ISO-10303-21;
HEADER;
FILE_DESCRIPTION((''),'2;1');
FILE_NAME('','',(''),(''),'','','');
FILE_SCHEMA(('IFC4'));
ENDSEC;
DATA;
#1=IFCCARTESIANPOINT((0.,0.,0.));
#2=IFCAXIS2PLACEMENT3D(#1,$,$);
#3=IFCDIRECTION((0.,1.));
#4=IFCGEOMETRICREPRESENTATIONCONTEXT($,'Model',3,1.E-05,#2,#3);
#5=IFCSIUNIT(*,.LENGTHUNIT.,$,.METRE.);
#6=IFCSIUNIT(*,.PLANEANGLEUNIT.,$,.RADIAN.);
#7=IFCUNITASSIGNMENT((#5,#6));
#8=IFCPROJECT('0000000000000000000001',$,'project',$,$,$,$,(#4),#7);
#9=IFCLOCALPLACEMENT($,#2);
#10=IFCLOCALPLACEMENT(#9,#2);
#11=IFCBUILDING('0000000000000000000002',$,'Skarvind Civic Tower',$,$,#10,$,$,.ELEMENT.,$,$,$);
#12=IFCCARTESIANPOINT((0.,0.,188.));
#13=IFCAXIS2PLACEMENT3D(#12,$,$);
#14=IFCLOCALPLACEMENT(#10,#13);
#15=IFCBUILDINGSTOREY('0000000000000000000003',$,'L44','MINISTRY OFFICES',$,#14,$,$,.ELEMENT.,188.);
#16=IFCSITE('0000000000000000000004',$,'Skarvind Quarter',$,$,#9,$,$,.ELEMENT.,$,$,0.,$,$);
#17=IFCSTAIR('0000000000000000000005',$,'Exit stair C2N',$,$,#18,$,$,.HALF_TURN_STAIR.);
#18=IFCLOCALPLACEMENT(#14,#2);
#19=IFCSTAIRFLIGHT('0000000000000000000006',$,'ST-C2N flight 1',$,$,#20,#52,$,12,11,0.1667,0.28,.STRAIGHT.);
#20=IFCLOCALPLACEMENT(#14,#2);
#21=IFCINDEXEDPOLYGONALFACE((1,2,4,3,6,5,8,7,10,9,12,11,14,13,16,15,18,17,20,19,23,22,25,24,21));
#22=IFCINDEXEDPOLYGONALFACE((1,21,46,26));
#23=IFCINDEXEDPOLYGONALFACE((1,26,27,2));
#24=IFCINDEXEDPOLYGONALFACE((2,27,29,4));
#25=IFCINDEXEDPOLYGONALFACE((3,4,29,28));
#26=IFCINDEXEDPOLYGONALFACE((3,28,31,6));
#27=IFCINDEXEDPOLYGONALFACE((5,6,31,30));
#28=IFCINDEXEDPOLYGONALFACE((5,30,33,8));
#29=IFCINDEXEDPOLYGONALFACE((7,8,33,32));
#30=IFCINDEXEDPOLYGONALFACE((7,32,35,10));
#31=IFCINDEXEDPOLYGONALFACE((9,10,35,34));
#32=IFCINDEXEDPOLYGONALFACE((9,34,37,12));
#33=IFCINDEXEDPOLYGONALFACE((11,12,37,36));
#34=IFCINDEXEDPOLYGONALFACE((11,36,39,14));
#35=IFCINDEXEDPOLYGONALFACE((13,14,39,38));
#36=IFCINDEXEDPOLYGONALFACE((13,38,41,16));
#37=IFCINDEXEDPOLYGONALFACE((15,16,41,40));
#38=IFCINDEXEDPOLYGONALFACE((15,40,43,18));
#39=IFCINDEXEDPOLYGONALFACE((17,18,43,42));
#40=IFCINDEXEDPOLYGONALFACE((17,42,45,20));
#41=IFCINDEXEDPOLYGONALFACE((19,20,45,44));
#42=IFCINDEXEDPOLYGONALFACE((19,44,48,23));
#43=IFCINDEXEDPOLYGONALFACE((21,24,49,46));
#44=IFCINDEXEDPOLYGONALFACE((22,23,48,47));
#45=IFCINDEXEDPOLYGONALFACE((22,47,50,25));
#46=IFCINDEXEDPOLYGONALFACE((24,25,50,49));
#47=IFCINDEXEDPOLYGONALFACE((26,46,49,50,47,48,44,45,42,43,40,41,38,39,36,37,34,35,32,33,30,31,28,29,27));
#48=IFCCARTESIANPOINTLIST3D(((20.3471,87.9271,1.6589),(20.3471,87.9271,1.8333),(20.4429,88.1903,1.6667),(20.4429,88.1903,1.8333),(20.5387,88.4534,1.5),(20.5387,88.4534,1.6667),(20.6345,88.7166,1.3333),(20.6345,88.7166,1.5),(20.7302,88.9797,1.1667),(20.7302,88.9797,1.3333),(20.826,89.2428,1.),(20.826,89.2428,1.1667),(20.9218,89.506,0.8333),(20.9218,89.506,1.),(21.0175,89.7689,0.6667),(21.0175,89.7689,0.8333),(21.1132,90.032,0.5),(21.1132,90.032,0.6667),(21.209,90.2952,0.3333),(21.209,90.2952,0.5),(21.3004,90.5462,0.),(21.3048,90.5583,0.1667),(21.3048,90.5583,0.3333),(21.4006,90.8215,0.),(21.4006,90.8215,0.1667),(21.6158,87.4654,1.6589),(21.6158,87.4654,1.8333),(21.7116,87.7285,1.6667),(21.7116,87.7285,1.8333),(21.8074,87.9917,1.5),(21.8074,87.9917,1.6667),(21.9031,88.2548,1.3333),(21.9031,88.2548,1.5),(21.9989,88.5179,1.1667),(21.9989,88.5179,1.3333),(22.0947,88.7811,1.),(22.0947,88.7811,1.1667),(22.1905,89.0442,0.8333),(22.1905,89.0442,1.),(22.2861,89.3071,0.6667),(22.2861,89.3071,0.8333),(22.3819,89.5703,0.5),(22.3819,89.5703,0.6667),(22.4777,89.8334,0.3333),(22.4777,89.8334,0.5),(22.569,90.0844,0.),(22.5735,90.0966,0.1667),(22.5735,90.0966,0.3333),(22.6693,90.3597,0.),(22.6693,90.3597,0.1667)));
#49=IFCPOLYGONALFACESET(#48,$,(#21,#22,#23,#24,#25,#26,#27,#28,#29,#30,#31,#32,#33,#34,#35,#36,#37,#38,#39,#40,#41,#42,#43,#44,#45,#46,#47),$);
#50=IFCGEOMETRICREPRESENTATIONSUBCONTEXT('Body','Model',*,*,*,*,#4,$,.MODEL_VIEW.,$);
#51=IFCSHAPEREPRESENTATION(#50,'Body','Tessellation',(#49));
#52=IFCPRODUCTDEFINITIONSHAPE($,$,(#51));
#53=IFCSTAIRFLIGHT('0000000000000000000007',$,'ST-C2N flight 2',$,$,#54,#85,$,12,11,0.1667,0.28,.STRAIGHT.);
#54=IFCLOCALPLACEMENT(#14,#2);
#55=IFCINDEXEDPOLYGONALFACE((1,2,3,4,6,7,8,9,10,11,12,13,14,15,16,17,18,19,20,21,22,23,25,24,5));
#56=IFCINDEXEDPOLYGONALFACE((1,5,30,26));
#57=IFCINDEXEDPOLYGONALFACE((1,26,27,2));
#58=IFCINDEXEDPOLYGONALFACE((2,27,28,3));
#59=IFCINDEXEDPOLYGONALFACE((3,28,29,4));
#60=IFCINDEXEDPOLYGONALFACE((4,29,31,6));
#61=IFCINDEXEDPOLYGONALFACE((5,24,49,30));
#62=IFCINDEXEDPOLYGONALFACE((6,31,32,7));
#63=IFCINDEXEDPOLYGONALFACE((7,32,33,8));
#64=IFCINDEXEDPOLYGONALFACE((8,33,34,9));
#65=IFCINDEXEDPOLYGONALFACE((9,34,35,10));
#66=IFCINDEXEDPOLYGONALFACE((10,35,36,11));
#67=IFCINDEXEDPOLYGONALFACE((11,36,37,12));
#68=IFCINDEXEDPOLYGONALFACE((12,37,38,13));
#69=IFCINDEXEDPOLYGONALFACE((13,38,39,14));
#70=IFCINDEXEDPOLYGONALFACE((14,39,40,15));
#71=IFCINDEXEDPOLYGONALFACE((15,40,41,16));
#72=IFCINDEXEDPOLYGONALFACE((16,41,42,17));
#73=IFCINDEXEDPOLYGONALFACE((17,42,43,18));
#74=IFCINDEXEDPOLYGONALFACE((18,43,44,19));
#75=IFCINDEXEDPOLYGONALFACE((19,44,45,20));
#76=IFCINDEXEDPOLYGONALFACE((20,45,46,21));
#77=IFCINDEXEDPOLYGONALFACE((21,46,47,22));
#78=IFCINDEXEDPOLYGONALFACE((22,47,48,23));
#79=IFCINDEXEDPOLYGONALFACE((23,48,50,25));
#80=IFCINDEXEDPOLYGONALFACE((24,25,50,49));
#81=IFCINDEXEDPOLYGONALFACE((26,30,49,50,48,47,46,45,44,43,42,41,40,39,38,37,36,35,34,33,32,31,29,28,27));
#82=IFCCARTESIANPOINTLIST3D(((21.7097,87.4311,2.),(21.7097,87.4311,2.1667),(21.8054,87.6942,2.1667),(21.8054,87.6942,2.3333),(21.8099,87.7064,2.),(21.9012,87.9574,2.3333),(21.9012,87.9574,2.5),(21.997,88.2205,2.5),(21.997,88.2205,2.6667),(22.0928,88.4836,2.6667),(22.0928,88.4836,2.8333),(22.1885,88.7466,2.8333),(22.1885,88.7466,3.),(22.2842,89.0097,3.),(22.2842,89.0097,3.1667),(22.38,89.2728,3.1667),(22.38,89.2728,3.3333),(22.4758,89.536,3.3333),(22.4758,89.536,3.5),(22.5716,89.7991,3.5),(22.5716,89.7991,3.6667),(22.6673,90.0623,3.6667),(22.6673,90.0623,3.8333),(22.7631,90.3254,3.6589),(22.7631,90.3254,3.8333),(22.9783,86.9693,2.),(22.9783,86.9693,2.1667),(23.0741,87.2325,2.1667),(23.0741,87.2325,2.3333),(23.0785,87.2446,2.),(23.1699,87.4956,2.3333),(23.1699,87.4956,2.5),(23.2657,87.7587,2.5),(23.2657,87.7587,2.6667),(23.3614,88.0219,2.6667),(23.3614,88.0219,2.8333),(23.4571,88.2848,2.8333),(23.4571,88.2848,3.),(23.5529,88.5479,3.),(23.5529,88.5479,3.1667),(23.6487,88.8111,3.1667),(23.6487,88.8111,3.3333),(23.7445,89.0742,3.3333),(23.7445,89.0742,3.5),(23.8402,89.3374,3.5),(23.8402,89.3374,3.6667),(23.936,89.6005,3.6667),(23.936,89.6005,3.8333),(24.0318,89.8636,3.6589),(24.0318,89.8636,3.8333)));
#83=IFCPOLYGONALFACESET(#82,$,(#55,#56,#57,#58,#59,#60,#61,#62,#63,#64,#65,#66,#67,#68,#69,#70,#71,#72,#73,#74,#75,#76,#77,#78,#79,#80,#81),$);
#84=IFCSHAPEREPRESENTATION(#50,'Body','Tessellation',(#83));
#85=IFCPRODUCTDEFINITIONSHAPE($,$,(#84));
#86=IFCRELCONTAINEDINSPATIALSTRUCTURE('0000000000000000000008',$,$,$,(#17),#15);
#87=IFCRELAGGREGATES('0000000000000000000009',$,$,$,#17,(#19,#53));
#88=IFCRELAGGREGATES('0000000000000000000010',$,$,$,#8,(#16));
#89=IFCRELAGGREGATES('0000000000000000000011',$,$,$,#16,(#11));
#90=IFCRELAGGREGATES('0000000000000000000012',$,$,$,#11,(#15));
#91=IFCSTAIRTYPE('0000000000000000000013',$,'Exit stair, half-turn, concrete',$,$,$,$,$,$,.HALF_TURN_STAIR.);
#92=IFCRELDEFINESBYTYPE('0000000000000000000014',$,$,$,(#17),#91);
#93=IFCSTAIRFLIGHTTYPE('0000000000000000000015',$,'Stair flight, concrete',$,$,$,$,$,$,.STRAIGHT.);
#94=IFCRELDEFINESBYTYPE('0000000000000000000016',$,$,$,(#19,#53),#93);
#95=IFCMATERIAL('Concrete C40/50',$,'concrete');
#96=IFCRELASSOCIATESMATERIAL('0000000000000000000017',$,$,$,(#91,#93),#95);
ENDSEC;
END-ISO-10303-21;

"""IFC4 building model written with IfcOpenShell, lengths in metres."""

from ifc_helpers import new_model, si_unit, direction, frame, origin, place, context, subcontext, project, spatial, polyline, outline, extrude, material, type_object, element, aggregate, save


model = new_model("IFC4")

# Units and contexts
model_context = context("Model", 3, precision=1e-05, world=origin(), true_north=direction((0.0, 1.0)))
body_context = subcontext(model_context, "Body", "Model", "MODEL_VIEW")
ifc_project = project(units=[si_unit("LENGTHUNIT", "METRE"), si_unit("PLANEANGLEUNIT", "RADIAN")], contexts=[model_context])

# Site, building, storey
site_placement = place(None, origin())
site = spatial("IfcSite", under=ifc_project, at=site_placement, Name="Skarvind Quarter", CompositionType="ELEMENT", RefElevation=0.0)
building_placement = place(site_placement, origin())
building = spatial("IfcBuilding", under=site, at=building_placement, Name="Skarvind Civic Tower", CompositionType="ELEMENT")
storey_placement = place(building_placement, frame((0.0, 0.0, 188.0)))
storey = spatial("IfcBuildingStorey", under=building, at=storey_placement, Name="L44", Description="MINISTRY OFFICES", CompositionType="ELEMENT", Elevation=188.0)

# Shared definitions
ifc_material_1 = material(Name="Concrete C40/50", Category="concrete")
stair_type = type_object("IfcStairType", Name="Exit stair, half-turn, concrete", PredefinedType="HALF_TURN_STAIR", material=ifc_material_1)
stair_flight_type = type_object("IfcStairFlightType", Name="Stair flight, concrete", PredefinedType="STRAIGHT", material=ifc_material_1)

# Stair, stair flights
stair_1_placement = place(storey_placement, origin())
stair_1 = element("IfcStair", 1, at=stair_1_placement, inside=storey, type_object=stair_type, Name="Exit stair C2N", PredefinedType="HALF_TURN_STAIR")
stair_flight_1_placement = place(storey_placement, frame((22.0349, 90.5906, 0.0), z_axis=(0.0, 0.0, 1.0), x_axis=(-0.34202, -0.939693, 0.0)))
stair_flight_1 = element("IfcStairFlight", 2, at=stair_flight_1_placement, type_object=stair_flight_type, Name="ST-C2N flight 1", NumberOfRisers=12, NumberOfTreads=11, PredefinedType="STRAIGHT", RiserHeight=0.1667, TreadLength=0.28, context=body_context, shape_type="SweptSolid", body=[
    extrude(outline(polyline([(0.0, 0.0), (0.0, 0.1667), (0.28, 0.1667), (0.28, 0.3333), (0.5601, 0.3333), (0.5601, 0.5), (0.8401, 0.5), (0.8401, 0.6667), (1.1201, 0.6667), (1.1201, 0.8333), (1.3999, 0.8333), (1.3999, 1.0), (1.6799, 1.0), (1.6799, 1.1667), (1.96, 1.1667), (1.96, 1.3333), (2.24, 1.3333), (2.24, 1.5), (2.52, 1.5), (2.52, 1.6667), (2.8, 1.6667), (2.8, 1.8333), (3.0801, 1.8333), (3.0801, 2.0), (3.0801, 1.6589), (0.293, 0.0), (0.0, 0.0)])), frame((0.0, 0.675, 0.0), z_axis=(0.0, -1.0, 0.0), x_axis=(1.0, 0.0, 0.0)), (0.0, 0.0, 1.0), 1.3501),
])
stair_flight_2_placement = place(storey_placement, frame((22.344, 87.2002, 2.0), z_axis=(0.0, 0.0, 1.0), x_axis=(0.34202, 0.939693, 0.0)))
stair_flight_2 = element("IfcStairFlight", 3, at=stair_flight_2_placement, type_object=stair_flight_type, Name="ST-C2N flight 2", NumberOfRisers=12, NumberOfTreads=11, PredefinedType="STRAIGHT", RiserHeight=0.1667, TreadLength=0.28, context=body_context, shape_type="SweptSolid", body=[
    extrude(outline(polyline([(0.0, 0.0), (0.0, 0.1667), (0.28, 0.1667), (0.28, 0.3333), (0.5601, 0.3333), (0.5601, 0.5), (0.8401, 0.5), (0.8401, 0.6667), (1.1201, 0.6667), (1.1201, 0.8333), (1.3999, 0.8333), (1.3999, 1.0), (1.6799, 1.0), (1.6799, 1.1667), (1.96, 1.1667), (1.96, 1.3333), (2.24, 1.3333), (2.24, 1.5), (2.52, 1.5), (2.52, 1.6667), (2.8, 1.6667), (2.8, 1.8333), (3.0801, 1.8333), (3.0801, 2.0), (3.0801, 1.6589), (0.293, 0.0), (0.0, 0.0)])), frame((0.0, 0.675, 0.0), z_axis=(0.0, -1.0, 0.0), x_axis=(1.0, 0.0, 0.0)), (0.0, 0.0, 1.0), 1.3501),
])
aggregate(stair_1, [stair_flight_1, stair_flight_2])

save(model, "model.ifc")
